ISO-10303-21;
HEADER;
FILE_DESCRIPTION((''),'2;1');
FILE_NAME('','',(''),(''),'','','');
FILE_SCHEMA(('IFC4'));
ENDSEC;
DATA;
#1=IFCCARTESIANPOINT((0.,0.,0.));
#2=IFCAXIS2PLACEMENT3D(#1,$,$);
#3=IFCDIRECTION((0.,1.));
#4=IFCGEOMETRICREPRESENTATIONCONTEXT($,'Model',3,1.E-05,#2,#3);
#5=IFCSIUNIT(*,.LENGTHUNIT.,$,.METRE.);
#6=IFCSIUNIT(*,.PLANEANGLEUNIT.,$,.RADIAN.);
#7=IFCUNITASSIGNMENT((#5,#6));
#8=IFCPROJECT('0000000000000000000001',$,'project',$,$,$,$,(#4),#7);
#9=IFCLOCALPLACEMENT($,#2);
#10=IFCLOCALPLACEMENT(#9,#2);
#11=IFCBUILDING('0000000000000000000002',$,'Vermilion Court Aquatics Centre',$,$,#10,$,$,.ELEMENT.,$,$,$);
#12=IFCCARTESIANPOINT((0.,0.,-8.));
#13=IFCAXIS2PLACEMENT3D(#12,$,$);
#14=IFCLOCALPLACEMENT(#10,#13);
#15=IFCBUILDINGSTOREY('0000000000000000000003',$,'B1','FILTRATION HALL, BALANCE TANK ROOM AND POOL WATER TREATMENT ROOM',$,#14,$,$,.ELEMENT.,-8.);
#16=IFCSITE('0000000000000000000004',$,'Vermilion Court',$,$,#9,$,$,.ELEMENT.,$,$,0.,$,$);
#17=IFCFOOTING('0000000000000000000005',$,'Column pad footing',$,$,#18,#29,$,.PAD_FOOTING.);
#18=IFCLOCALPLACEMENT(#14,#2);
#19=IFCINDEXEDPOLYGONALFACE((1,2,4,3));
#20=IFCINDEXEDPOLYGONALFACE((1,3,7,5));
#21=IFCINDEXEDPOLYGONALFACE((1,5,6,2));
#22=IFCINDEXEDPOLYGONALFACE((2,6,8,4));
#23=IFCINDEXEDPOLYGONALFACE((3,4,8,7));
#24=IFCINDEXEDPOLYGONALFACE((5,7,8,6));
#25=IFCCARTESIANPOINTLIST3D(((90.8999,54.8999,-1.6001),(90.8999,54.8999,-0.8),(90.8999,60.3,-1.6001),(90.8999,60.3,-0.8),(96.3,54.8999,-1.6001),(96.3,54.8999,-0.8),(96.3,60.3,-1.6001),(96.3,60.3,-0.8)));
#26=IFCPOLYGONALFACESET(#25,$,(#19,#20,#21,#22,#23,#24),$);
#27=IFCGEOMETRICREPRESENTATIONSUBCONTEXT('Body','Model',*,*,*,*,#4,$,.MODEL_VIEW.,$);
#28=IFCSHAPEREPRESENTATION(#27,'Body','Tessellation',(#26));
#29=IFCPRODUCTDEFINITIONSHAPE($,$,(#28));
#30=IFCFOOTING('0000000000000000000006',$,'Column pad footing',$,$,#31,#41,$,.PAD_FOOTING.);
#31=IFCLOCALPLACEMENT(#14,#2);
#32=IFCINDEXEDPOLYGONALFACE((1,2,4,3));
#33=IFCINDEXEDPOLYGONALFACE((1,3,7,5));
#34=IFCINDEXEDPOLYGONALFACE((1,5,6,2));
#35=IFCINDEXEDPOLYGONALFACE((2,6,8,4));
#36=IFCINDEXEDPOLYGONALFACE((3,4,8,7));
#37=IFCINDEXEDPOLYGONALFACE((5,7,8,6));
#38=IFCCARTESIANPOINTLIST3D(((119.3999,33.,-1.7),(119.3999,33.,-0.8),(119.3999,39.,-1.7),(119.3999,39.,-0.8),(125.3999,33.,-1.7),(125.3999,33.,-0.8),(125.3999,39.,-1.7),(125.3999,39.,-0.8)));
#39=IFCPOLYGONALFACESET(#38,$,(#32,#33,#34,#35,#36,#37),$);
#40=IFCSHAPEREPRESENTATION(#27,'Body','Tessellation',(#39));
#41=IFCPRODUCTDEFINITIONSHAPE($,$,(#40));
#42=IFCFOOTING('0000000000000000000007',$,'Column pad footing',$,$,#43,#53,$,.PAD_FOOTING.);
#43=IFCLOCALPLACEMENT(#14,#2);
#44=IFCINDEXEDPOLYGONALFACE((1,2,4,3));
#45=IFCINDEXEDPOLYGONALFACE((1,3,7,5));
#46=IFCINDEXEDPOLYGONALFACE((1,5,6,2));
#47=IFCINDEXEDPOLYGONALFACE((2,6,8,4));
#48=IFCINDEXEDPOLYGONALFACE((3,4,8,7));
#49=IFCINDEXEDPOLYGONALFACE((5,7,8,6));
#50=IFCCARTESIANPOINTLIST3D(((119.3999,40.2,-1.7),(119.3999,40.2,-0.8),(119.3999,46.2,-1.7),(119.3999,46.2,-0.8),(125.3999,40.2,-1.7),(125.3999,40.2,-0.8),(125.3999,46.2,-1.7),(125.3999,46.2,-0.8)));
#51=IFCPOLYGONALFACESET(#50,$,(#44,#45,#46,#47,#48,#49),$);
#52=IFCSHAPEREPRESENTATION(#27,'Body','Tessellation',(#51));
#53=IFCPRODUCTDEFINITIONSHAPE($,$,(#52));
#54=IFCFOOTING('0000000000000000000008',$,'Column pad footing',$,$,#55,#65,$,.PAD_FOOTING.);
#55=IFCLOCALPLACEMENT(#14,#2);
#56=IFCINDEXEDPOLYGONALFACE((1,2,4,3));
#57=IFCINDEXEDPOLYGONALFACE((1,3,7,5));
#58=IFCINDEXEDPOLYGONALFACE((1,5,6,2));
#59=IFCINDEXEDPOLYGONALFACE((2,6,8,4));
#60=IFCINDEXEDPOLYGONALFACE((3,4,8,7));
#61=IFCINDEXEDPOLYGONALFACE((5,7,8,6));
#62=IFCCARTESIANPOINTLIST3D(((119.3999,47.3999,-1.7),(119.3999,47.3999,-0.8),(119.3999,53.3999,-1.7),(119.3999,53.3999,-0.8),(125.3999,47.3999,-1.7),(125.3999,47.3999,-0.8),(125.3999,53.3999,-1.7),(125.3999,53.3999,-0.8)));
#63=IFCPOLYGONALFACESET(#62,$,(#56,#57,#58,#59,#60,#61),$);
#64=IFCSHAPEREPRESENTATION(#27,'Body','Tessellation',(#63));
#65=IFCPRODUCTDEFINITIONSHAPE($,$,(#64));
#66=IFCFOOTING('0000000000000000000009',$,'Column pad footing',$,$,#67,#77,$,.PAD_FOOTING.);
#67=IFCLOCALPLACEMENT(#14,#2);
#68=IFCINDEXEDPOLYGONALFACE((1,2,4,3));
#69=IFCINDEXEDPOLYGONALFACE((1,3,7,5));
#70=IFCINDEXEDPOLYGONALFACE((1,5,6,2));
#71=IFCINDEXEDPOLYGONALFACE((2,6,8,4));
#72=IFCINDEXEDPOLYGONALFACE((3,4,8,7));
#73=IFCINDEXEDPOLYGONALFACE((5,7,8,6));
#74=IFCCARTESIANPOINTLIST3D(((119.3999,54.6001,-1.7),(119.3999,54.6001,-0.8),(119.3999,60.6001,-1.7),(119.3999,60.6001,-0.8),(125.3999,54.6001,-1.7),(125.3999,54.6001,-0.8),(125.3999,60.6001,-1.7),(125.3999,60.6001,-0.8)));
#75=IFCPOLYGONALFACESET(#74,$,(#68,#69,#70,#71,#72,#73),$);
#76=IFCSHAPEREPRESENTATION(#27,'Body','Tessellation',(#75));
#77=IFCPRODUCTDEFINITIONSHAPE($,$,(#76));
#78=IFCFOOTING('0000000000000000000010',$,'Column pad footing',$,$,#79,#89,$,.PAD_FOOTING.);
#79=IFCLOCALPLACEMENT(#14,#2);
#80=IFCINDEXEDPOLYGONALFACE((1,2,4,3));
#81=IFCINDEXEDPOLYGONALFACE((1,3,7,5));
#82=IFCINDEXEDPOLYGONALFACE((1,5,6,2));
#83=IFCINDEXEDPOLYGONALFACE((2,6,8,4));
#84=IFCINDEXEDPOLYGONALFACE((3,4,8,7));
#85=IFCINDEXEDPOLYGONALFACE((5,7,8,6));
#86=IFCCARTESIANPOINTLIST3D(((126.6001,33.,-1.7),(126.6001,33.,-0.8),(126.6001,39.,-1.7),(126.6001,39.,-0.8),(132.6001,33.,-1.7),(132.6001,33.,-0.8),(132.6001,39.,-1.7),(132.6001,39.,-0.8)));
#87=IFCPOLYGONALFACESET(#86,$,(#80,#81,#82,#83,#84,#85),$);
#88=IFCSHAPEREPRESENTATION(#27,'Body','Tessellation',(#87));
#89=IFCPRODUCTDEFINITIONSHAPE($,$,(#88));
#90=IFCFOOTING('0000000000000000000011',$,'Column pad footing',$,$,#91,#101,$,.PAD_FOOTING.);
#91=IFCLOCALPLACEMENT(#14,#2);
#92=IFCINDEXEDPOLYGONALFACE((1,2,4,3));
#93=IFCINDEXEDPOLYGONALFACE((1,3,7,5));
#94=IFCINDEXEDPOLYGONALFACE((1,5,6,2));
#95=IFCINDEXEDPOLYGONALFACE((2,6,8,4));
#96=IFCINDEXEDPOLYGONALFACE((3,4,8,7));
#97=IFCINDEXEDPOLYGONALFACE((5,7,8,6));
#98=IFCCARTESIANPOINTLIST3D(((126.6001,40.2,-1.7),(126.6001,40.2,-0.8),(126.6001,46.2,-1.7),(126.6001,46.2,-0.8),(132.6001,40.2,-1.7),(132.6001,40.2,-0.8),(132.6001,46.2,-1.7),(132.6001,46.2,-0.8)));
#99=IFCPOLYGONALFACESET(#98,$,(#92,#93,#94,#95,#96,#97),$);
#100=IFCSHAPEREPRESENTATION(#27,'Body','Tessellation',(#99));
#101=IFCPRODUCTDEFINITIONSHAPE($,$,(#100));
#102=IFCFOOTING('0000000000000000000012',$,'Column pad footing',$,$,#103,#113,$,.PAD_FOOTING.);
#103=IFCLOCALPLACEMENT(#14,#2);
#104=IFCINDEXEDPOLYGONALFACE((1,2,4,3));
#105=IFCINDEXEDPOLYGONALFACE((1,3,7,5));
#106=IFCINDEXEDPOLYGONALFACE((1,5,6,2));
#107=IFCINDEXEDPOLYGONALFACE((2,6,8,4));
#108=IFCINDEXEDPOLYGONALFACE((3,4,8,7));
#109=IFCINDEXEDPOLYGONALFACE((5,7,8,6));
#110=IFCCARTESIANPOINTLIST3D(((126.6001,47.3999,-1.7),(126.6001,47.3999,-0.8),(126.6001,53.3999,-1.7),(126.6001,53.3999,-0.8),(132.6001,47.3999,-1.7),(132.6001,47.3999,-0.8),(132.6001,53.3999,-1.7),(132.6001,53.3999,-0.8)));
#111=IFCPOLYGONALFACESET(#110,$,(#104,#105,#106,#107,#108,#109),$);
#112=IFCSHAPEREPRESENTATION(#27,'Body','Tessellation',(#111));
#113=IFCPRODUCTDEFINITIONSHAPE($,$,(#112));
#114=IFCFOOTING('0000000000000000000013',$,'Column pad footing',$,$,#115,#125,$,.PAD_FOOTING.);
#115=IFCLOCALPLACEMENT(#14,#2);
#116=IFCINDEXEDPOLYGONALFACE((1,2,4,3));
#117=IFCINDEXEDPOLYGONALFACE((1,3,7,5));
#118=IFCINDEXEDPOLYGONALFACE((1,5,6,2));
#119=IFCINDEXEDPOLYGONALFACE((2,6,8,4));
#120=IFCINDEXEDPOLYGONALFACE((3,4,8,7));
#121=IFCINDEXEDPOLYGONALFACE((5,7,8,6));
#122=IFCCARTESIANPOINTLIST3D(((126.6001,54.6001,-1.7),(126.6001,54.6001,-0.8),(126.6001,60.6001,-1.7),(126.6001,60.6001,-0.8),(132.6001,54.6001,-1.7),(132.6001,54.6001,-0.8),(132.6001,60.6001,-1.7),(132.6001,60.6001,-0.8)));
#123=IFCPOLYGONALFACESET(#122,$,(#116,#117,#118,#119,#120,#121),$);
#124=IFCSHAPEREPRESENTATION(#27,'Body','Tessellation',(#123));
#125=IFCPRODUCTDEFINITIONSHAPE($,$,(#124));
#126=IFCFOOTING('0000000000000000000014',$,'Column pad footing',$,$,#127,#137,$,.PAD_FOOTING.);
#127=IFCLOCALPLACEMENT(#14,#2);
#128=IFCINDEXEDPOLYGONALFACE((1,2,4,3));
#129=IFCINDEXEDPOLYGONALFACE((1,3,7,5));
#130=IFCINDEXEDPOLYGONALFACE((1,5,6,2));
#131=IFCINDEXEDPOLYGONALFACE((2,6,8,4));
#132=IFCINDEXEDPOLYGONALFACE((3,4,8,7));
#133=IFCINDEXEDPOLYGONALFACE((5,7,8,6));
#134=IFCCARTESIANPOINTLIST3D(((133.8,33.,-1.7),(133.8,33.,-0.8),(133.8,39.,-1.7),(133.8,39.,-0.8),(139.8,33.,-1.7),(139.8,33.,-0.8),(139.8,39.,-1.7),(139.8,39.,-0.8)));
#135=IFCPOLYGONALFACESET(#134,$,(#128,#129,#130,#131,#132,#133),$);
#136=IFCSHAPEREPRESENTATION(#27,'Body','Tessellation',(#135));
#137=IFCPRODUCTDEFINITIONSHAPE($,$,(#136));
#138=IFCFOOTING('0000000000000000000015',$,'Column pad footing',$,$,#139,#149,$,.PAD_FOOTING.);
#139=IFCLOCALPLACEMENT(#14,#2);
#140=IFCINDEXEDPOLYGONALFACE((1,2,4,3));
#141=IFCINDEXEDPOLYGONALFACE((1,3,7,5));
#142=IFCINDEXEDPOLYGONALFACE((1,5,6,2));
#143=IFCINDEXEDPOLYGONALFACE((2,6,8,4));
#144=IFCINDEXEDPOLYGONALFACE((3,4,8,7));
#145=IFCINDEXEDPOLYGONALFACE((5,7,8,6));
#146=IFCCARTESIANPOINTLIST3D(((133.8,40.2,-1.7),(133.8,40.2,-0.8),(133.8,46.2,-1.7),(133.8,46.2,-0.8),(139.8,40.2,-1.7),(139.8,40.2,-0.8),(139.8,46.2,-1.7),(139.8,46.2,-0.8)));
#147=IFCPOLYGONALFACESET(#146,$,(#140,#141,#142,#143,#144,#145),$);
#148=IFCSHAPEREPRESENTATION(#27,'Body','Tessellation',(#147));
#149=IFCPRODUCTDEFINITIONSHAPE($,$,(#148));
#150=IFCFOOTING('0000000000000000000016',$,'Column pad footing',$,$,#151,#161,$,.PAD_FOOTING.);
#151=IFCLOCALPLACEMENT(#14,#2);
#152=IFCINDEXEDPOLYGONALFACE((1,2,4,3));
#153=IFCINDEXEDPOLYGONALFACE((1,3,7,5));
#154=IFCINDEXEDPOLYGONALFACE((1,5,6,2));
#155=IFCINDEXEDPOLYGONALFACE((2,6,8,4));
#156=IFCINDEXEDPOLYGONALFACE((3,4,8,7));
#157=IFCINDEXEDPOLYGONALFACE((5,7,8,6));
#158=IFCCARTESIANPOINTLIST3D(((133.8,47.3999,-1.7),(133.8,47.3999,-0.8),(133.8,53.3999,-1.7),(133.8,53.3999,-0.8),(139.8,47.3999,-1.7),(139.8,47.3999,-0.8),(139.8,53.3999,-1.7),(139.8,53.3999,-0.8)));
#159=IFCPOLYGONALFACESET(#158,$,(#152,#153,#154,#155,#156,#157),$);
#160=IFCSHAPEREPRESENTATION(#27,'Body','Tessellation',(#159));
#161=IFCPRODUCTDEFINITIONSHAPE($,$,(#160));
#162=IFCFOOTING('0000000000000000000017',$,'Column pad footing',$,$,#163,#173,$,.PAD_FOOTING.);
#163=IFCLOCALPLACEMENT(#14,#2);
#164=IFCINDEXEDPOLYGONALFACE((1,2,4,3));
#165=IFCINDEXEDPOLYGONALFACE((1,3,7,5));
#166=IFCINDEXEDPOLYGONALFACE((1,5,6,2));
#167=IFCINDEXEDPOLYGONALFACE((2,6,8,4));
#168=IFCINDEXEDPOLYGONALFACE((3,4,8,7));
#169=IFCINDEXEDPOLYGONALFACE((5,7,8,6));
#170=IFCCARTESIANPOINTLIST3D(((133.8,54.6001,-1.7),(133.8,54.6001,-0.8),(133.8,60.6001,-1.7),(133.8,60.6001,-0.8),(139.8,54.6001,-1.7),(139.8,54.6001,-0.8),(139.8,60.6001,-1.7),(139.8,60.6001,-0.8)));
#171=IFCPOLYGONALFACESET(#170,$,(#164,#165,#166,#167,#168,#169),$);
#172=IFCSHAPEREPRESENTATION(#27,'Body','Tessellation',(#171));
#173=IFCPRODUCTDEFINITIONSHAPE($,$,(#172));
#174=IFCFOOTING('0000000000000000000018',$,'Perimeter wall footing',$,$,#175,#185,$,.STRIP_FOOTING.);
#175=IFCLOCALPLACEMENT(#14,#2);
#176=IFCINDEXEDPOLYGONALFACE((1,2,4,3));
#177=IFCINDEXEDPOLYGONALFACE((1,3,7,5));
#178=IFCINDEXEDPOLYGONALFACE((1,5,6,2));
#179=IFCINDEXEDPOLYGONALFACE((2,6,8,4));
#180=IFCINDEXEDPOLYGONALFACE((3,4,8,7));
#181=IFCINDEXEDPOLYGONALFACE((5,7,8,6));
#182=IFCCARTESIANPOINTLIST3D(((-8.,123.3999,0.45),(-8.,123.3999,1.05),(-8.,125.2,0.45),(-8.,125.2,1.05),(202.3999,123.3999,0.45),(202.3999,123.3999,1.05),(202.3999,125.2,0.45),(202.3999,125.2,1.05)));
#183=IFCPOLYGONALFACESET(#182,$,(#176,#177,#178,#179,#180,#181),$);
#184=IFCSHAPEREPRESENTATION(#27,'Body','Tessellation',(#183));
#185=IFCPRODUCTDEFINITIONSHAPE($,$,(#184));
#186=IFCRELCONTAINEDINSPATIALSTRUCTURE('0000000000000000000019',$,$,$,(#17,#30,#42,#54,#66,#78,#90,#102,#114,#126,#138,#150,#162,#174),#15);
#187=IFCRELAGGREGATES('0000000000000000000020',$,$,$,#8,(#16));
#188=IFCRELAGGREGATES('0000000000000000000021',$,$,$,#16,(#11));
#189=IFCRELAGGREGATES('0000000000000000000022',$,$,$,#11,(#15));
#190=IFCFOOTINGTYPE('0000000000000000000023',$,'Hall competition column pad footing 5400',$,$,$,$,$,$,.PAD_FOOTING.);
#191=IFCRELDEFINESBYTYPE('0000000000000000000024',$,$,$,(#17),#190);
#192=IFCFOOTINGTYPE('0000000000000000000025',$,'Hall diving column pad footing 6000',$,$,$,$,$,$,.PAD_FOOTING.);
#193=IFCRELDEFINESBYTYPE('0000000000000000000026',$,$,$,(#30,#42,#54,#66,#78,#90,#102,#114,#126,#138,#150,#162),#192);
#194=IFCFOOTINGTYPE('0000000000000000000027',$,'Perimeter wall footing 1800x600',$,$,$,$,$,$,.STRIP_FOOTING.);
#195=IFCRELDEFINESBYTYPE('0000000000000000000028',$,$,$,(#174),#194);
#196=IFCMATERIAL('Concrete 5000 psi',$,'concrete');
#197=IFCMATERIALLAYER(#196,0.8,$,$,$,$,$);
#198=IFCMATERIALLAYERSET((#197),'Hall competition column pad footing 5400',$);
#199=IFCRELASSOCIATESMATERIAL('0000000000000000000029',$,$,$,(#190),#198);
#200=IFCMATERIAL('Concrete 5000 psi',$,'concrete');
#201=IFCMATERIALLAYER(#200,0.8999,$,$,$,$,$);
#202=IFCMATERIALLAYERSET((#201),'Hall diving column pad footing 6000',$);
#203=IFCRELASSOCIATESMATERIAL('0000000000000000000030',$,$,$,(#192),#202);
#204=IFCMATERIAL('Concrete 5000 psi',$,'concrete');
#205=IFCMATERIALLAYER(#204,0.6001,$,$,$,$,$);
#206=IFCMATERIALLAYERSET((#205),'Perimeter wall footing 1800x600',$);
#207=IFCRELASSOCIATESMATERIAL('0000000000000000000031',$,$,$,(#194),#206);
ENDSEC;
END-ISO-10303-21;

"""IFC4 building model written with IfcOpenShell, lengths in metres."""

from ifc_helpers import new_model, si_unit, direction, frame, origin, place, context, subcontext, project, spatial, polyline, outline, extrude, material, layer, layer_set, type_object, element, save


model = new_model("IFC4")

# Units and contexts
model_context = context("Model", 3, precision=1e-05, world=origin(), true_north=direction((0.0, 1.0)))
body_context = subcontext(model_context, "Body", "Model", "MODEL_VIEW")
ifc_project = project(units=[si_unit("LENGTHUNIT", "METRE"), si_unit("PLANEANGLEUNIT", "RADIAN")], contexts=[model_context])

# Site, building, storey
site_placement = place(None, origin())
site = spatial("IfcSite", under=ifc_project, at=site_placement, Name="Vermilion Court", CompositionType="ELEMENT", RefElevation=0.0)
building_placement = place(site_placement, origin())
building = spatial("IfcBuilding", under=site, at=building_placement, Name="Vermilion Court Aquatics Centre", CompositionType="ELEMENT")
storey_placement = place(building_placement, frame((0.0, 0.0, -8.0)))
storey = spatial("IfcBuildingStorey", under=building, at=storey_placement, Name="B1", Description="FILTRATION HALL, BALANCE TANK ROOM AND POOL WATER TREATMENT ROOM", CompositionType="ELEMENT", Elevation=-8.0)

# Footings
ifc_material_1 = material(Name="Concrete 5000 psi", Category="concrete")
ifc_layer_1 = layer(ifc_material_1, 0.8)
ifc_layer_set_1 = layer_set([ifc_layer_1], Name="Hall competition column pad footing 5400")
footing_type_1 = type_object("IfcFootingType", Name="Hall competition column pad footing 5400", PredefinedType="PAD_FOOTING", material=ifc_layer_set_1)
footing_1_placement = place(storey_placement, frame((0.0, 0.0, -1.6001)))
element("IfcFooting", 1, at=footing_1_placement, inside=storey, type_object=footing_type_1, Name="Column pad footing", PredefinedType="PAD_FOOTING", context=body_context, shape_type="SweptSolid", body=[
    extrude(outline(polyline([(90.8999, 54.8999), (96.3, 54.8999), (96.3, 60.3), (90.8999, 60.3), (90.8999, 54.8999)])), origin(), (0.0, 0.0, 1.0), 0.8),
])
ifc_material_2 = material(Name="Concrete 5000 psi", Category="concrete")
ifc_layer_2 = layer(ifc_material_2, 0.8999)
ifc_layer_set_2 = layer_set([ifc_layer_2], Name="Hall diving column pad footing 6000")
footing_type_2 = type_object("IfcFootingType", Name="Hall diving column pad footing 6000", PredefinedType="PAD_FOOTING", material=ifc_layer_set_2)
footing_2_placement = place(storey_placement, frame((0.0, 0.0, -1.7)))
element("IfcFooting", 2, at=footing_2_placement, inside=storey, type_object=footing_type_2, Name="Column pad footing", PredefinedType="PAD_FOOTING", context=body_context, shape_type="SweptSolid", body=[
    extrude(outline(polyline([(119.3999, 33.0), (125.3999, 33.0), (125.3999, 39.0), (119.3999, 39.0), (119.3999, 33.0)])), origin(), (0.0, 0.0, 1.0), 0.8999),
])
footing_3_placement = place(storey_placement, frame((0.0, 0.0, -1.7)))
element("IfcFooting", 3, at=footing_3_placement, inside=storey, type_object=footing_type_2, Name="Column pad footing", PredefinedType="PAD_FOOTING", context=body_context, shape_type="SweptSolid", body=[
    extrude(outline(polyline([(119.3999, 40.2), (125.3999, 40.2), (125.3999, 46.2), (119.3999, 46.2), (119.3999, 40.2)])), origin(), (0.0, 0.0, 1.0), 0.8999),
])
footing_4_placement = place(storey_placement, frame((0.0, 0.0, -1.7)))
element("IfcFooting", 4, at=footing_4_placement, inside=storey, type_object=footing_type_2, Name="Column pad footing", PredefinedType="PAD_FOOTING", context=body_context, shape_type="SweptSolid", body=[
    extrude(outline(polyline([(119.3999, 47.3999), (125.3999, 47.3999), (125.3999, 53.3999), (119.3999, 53.3999), (119.3999, 47.3999)])), origin(), (0.0, 0.0, 1.0), 0.8999),
])
footing_5_placement = place(storey_placement, frame((0.0, 0.0, -1.7)))
element("IfcFooting", 5, at=footing_5_placement, inside=storey, type_object=footing_type_2, Name="Column pad footing", PredefinedType="PAD_FOOTING", context=body_context, shape_type="SweptSolid", body=[
    extrude(outline(polyline([(119.3999, 54.6001), (125.3999, 54.6001), (125.3999, 60.6001), (119.3999, 60.6001), (119.3999, 54.6001)])), origin(), (0.0, 0.0, 1.0), 0.8999),
])
footing_6_placement = place(storey_placement, frame((0.0, 0.0, -1.7)))
element("IfcFooting", 6, at=footing_6_placement, inside=storey, type_object=footing_type_2, Name="Column pad footing", PredefinedType="PAD_FOOTING", context=body_context, shape_type="SweptSolid", body=[
    extrude(outline(polyline([(126.6001, 33.0), (132.6001, 33.0), (132.6001, 39.0), (126.6001, 39.0), (126.6001, 33.0)])), origin(), (0.0, 0.0, 1.0), 0.8999),
])
footing_7_placement = place(storey_placement, frame((0.0, 0.0, -1.7)))
element("IfcFooting", 7, at=footing_7_placement, inside=storey, type_object=footing_type_2, Name="Column pad footing", PredefinedType="PAD_FOOTING", context=body_context, shape_type="SweptSolid", body=[
    extrude(outline(polyline([(126.6001, 40.2), (132.6001, 40.2), (132.6001, 46.2), (126.6001, 46.2), (126.6001, 40.2)])), origin(), (0.0, 0.0, 1.0), 0.8999),
])
footing_8_placement = place(storey_placement, frame((0.0, 0.0, -1.7)))
element("IfcFooting", 8, at=footing_8_placement, inside=storey, type_object=footing_type_2, Name="Column pad footing", PredefinedType="PAD_FOOTING", context=body_context, shape_type="SweptSolid", body=[
    extrude(outline(polyline([(126.6001, 47.3999), (132.6001, 47.3999), (132.6001, 53.3999), (126.6001, 53.3999), (126.6001, 47.3999)])), origin(), (0.0, 0.0, 1.0), 0.8999),
])
footing_9_placement = place(storey_placement, frame((0.0, 0.0, -1.7)))
element("IfcFooting", 9, at=footing_9_placement, inside=storey, type_object=footing_type_2, Name="Column pad footing", PredefinedType="PAD_FOOTING", context=body_context, shape_type="SweptSolid", body=[
    extrude(outline(polyline([(126.6001, 54.6001), (132.6001, 54.6001), (132.6001, 60.6001), (126.6001, 60.6001), (126.6001, 54.6001)])), origin(), (0.0, 0.0, 1.0), 0.8999),
])
footing_10_placement = place(storey_placement, frame((0.0, 0.0, -1.7)))
element("IfcFooting", 10, at=footing_10_placement, inside=storey, type_object=footing_type_2, Name="Column pad footing", PredefinedType="PAD_FOOTING", context=body_context, shape_type="SweptSolid", body=[
    extrude(outline(polyline([(133.8, 33.0), (139.8, 33.0), (139.8, 39.0), (133.8, 39.0), (133.8, 33.0)])), origin(), (0.0, 0.0, 1.0), 0.8999),
])
footing_11_placement = place(storey_placement, frame((0.0, 0.0, -1.7)))
element("IfcFooting", 11, at=footing_11_placement, inside=storey, type_object=footing_type_2, Name="Column pad footing", PredefinedType="PAD_FOOTING", context=body_context, shape_type="SweptSolid", body=[
    extrude(outline(polyline([(133.8, 40.2), (139.8, 40.2), (139.8, 46.2), (133.8, 46.2), (133.8, 40.2)])), origin(), (0.0, 0.0, 1.0), 0.8999),
])
footing_12_placement = place(storey_placement, frame((0.0, 0.0, -1.7)))
element("IfcFooting", 12, at=footing_12_placement, inside=storey, type_object=footing_type_2, Name="Column pad footing", PredefinedType="PAD_FOOTING", context=body_context, shape_type="SweptSolid", body=[
    extrude(outline(polyline([(133.8, 47.3999), (139.8, 47.3999), (139.8, 53.3999), (133.8, 53.3999), (133.8, 47.3999)])), origin(), (0.0, 0.0, 1.0), 0.8999),
])
footing_13_placement = place(storey_placement, frame((0.0, 0.0, -1.7)))
element("IfcFooting", 13, at=footing_13_placement, inside=storey, type_object=footing_type_2, Name="Column pad footing", PredefinedType="PAD_FOOTING", context=body_context, shape_type="SweptSolid", body=[
    extrude(outline(polyline([(133.8, 54.6001), (139.8, 54.6001), (139.8, 60.6001), (133.8, 60.6001), (133.8, 54.6001)])), origin(), (0.0, 0.0, 1.0), 0.8999),
])
ifc_material_3 = material(Name="Concrete 5000 psi", Category="concrete")
ifc_layer_3 = layer(ifc_material_3, 0.6001)
ifc_layer_set_3 = layer_set([ifc_layer_3], Name="Perimeter wall footing 1800x600")
footing_type_3 = type_object("IfcFootingType", Name="Perimeter wall footing 1800x600", PredefinedType="STRIP_FOOTING", material=ifc_layer_set_3)
footing_14_placement = place(storey_placement, frame((0.0, 0.0, 0.45)))
element("IfcFooting", 14, at=footing_14_placement, inside=storey, type_object=footing_type_3, Name="Perimeter wall footing", PredefinedType="STRIP_FOOTING", context=body_context, shape_type="SweptSolid", body=[
    extrude(outline(polyline([(-8.0, 123.3999), (202.3999, 123.3999), (202.3999, 125.2), (-8.0, 125.2), (-8.0, 123.3999)])), origin(), (0.0, 0.0, 1.0), 0.6001),
])

save(model, "model.ifc")
